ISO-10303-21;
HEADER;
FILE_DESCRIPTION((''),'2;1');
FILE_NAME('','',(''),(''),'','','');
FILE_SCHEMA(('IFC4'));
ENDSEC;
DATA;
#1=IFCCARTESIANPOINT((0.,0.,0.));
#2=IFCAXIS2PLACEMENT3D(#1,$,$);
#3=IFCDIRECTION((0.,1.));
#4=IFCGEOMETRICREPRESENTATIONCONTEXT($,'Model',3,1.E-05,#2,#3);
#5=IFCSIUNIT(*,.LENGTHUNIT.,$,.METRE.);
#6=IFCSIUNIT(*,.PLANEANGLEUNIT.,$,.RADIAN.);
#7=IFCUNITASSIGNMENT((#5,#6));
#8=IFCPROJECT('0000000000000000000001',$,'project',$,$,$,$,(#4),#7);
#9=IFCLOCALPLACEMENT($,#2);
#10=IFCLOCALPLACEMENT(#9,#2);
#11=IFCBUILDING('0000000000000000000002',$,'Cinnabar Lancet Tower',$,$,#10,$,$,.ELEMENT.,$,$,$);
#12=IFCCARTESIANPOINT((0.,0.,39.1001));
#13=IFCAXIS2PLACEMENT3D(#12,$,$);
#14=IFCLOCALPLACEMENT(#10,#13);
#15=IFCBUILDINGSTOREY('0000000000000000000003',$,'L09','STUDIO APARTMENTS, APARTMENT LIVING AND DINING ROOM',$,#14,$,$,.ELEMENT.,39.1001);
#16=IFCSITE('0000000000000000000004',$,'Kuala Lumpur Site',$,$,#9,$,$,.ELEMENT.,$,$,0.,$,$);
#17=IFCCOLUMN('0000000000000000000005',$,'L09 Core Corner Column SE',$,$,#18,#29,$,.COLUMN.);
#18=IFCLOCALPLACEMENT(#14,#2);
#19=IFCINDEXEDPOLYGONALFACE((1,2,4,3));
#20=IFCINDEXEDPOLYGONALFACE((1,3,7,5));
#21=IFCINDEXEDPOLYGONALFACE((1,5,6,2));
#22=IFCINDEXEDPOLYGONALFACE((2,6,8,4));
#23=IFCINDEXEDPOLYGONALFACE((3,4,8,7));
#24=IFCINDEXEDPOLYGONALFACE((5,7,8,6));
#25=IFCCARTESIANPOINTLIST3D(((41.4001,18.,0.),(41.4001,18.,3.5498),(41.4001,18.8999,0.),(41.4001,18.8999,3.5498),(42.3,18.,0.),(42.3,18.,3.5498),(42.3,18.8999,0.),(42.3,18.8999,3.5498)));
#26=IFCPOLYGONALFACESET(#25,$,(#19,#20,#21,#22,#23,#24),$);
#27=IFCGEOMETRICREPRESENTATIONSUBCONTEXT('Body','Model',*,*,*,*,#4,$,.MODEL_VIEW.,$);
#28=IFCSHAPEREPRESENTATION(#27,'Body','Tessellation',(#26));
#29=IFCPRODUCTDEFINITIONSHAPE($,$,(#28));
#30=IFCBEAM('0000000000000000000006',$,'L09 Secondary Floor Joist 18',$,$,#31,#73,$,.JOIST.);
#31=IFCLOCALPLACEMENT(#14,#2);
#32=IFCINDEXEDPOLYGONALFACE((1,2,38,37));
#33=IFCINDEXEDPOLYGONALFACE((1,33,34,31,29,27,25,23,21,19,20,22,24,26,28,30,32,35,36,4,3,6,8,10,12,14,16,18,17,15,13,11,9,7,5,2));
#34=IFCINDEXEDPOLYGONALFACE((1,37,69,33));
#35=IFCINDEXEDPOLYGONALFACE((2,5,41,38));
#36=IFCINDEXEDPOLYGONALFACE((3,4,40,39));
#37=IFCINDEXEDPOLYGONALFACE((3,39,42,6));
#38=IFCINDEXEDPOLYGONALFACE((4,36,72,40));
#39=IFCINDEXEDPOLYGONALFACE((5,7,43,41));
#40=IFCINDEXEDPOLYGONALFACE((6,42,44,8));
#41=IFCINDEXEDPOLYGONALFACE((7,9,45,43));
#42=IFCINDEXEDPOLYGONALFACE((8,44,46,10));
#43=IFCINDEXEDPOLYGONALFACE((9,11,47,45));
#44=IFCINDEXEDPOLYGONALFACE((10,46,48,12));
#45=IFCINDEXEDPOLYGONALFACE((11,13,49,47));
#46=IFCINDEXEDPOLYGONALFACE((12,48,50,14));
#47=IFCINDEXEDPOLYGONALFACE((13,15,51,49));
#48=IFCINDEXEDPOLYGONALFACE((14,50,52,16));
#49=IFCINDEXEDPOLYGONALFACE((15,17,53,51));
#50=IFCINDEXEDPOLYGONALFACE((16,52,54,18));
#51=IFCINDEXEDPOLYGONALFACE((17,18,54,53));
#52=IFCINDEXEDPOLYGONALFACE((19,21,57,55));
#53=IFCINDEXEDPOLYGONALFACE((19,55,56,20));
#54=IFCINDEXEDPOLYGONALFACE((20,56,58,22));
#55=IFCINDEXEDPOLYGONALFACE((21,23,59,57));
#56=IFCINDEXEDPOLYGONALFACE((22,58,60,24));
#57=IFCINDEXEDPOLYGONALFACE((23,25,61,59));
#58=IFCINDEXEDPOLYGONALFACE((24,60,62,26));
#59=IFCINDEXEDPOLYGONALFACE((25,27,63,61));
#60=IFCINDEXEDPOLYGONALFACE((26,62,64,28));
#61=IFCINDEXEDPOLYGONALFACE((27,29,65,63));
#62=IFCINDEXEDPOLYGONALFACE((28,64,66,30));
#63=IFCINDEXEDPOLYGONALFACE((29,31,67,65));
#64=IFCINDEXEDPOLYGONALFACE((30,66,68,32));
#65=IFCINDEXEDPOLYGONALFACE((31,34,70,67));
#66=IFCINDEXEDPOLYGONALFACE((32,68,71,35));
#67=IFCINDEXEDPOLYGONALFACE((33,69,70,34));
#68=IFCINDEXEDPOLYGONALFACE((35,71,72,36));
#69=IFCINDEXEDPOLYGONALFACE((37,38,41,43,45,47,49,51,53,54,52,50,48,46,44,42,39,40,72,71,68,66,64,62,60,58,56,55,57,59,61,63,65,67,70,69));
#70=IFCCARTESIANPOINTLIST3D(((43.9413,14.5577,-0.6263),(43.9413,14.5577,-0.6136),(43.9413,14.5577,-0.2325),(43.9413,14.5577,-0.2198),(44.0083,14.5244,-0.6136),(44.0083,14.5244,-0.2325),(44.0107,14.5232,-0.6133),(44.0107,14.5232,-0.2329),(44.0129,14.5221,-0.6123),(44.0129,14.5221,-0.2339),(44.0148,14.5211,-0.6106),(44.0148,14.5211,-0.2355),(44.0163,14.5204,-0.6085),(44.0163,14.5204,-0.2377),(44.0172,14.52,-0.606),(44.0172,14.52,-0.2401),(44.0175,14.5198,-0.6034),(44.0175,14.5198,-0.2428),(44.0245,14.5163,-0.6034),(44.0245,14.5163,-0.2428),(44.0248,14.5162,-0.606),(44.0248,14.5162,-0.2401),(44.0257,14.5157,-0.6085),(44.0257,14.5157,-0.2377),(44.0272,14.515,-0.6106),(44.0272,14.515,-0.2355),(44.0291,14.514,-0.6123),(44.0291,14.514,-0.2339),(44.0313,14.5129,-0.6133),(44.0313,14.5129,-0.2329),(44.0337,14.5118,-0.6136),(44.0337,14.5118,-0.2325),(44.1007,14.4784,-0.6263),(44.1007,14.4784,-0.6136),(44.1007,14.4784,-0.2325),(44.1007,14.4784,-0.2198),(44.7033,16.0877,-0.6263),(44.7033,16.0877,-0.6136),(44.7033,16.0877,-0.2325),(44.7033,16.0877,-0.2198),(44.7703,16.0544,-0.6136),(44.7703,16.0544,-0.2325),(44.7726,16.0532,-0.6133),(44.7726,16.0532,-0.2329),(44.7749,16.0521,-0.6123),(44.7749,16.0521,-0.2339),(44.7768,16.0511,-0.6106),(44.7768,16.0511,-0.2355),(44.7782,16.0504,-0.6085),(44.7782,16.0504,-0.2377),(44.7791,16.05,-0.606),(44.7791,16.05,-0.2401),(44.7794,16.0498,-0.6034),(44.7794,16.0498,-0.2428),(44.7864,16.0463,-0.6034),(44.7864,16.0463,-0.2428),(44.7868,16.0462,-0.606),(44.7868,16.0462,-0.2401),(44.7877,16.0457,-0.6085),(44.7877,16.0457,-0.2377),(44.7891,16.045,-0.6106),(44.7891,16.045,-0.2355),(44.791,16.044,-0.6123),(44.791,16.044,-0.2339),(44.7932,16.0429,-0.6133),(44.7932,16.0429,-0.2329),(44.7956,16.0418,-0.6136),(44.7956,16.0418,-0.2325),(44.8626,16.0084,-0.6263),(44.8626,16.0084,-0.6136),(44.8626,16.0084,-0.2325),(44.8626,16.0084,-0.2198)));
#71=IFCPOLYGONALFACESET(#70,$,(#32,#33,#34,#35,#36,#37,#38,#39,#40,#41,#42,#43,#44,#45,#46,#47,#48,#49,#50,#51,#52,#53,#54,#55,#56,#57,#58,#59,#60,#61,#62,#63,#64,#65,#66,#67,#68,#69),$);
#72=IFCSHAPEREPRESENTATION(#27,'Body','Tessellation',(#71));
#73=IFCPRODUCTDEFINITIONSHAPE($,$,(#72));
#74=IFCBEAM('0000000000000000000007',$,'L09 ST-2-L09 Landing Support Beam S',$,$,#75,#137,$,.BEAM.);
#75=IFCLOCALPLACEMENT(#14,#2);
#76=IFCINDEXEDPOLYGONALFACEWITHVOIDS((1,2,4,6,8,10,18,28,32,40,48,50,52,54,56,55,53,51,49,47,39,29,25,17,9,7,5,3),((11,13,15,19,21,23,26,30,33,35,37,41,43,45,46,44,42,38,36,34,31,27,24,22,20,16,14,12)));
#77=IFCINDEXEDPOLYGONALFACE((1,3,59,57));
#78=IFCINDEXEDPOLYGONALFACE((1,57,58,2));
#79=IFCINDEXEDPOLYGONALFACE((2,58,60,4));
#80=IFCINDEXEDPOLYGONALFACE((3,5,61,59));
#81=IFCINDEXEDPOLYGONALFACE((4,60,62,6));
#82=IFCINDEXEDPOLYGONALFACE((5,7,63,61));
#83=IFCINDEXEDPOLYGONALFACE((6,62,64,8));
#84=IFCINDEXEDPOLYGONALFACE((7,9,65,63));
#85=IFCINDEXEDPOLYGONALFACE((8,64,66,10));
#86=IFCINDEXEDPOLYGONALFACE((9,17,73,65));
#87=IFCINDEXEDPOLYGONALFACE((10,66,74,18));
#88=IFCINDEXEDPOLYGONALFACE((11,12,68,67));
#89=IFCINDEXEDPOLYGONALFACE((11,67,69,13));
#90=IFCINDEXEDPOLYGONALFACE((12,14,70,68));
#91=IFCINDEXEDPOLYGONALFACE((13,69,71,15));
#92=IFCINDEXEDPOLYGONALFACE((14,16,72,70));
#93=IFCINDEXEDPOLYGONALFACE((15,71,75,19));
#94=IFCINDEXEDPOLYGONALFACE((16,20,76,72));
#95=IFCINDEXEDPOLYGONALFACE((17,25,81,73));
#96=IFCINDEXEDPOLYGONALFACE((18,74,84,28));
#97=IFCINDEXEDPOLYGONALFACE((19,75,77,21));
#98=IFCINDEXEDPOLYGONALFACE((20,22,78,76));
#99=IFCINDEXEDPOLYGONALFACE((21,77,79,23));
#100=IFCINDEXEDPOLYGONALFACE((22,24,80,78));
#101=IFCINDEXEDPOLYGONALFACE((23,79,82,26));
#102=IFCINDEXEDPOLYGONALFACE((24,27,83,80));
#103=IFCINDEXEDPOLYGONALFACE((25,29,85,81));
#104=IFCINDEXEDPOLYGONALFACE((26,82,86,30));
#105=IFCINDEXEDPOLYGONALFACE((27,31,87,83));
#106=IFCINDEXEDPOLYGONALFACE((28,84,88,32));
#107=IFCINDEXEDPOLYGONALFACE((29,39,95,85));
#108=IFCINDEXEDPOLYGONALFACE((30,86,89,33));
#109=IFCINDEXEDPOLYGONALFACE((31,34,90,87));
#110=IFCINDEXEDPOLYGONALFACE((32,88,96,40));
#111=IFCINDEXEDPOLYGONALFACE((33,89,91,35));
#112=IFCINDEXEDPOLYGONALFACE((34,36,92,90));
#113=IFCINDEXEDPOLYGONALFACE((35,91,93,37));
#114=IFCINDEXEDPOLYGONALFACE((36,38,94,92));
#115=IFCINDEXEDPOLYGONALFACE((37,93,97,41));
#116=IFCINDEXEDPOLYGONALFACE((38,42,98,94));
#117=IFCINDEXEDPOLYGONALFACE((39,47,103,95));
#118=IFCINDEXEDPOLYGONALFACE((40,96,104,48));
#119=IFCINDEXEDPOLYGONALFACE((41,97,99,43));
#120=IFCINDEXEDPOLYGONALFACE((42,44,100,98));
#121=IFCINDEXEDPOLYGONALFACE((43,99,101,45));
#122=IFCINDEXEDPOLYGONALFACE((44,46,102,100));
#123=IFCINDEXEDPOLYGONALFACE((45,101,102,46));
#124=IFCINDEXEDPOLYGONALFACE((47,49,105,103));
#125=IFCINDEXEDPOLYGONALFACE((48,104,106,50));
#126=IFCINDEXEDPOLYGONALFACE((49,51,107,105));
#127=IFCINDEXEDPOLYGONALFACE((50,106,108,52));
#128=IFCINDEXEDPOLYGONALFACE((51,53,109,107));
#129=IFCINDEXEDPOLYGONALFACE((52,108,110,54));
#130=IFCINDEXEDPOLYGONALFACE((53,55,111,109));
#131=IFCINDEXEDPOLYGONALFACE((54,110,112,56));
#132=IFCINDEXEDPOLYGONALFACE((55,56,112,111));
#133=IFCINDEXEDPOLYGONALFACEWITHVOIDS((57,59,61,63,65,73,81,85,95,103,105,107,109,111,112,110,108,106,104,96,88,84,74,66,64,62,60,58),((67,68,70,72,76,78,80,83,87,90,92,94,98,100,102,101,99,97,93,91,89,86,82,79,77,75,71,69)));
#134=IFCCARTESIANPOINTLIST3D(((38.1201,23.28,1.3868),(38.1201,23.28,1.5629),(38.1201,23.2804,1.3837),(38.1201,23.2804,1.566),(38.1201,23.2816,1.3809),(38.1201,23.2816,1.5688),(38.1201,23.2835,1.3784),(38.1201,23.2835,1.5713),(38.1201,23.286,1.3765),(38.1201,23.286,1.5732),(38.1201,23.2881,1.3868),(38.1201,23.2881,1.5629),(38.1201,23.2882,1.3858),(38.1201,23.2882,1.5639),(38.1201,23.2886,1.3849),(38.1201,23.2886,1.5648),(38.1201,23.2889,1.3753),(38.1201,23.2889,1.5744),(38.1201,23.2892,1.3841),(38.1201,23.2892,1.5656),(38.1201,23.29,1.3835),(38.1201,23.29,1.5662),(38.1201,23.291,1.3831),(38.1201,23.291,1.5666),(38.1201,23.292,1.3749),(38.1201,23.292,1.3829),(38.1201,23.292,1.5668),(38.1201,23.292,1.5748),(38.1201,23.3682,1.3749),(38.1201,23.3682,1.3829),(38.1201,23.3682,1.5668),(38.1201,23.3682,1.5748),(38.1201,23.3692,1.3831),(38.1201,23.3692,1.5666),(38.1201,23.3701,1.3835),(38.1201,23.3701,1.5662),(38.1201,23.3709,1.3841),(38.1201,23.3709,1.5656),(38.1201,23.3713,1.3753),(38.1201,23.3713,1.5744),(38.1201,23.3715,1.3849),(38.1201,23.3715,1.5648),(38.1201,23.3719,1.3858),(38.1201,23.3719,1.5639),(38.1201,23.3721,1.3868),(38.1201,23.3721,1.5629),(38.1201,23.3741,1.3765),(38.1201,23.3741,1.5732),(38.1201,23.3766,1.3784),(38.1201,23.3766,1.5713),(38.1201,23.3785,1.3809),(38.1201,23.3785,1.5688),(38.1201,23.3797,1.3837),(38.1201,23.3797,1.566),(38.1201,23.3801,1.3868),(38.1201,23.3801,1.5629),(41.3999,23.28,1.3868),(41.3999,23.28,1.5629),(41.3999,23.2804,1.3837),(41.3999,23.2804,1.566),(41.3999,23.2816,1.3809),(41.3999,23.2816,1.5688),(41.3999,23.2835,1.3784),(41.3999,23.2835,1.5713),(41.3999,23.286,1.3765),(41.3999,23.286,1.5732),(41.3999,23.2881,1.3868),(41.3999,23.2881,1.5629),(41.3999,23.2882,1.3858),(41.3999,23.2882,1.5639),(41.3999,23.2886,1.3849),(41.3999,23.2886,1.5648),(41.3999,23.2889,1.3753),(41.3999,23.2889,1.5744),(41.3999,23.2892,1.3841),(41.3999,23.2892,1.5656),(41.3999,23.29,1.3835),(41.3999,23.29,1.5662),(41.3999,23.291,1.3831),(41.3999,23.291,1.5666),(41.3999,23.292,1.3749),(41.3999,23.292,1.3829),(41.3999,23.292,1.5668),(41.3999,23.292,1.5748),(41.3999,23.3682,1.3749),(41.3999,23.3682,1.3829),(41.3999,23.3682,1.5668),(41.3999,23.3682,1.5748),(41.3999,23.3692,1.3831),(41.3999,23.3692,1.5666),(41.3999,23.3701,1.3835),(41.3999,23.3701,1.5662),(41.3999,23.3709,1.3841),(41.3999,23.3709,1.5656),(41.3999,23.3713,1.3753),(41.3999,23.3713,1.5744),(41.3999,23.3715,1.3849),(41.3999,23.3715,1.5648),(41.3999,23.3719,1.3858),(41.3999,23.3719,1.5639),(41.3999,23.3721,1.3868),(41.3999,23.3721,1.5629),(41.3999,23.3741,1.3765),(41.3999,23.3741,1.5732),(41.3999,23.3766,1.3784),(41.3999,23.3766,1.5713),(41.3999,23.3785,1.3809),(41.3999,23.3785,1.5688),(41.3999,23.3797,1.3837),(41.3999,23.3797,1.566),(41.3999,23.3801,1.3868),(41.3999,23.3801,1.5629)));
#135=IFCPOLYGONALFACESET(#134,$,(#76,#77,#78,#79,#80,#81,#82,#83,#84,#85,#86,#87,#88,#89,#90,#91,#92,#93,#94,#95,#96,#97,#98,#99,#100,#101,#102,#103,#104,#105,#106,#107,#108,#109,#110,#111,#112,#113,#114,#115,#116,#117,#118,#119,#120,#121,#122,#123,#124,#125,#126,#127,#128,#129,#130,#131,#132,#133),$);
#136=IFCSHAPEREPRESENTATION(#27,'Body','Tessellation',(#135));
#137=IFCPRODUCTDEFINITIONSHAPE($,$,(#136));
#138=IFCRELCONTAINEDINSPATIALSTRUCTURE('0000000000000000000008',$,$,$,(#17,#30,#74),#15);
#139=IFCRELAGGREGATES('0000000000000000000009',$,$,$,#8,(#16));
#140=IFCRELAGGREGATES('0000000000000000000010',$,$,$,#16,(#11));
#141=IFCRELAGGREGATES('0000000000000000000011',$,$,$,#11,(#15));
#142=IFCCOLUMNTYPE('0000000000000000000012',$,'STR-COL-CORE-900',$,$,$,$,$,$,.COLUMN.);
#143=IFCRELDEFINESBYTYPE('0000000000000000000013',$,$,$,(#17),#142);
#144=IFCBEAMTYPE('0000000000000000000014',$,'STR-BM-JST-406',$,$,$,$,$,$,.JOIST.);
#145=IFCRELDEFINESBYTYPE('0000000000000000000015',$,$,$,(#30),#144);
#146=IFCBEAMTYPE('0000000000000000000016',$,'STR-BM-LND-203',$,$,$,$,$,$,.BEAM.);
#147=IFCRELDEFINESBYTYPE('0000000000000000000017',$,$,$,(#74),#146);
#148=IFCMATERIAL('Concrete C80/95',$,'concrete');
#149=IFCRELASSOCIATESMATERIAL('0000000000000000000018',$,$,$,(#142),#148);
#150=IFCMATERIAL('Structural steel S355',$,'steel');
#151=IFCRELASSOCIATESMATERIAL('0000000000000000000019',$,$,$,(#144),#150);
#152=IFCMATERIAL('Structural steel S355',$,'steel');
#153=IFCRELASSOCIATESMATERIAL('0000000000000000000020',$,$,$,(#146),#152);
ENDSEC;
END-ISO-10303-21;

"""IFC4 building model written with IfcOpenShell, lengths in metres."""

from ifc_helpers import new_model, si_unit, direction, frame, origin, origin_2d, place, context, subcontext, project, spatial, rectangle, hollow_rectangle, i_section, extrude, material, material_profile, profile_set, type_object, element, save


model = new_model("IFC4")

# Units and contexts
model_context = context("Model", 3, precision=1e-05, world=origin(), true_north=direction((0.0, 1.0)))
body_context = subcontext(model_context, "Body", "Model", "MODEL_VIEW")
ifc_project = project(units=[si_unit("LENGTHUNIT", "METRE"), si_unit("PLANEANGLEUNIT", "RADIAN")], contexts=[model_context])

# Site, building, storey
site_placement = place(None, origin())
site = spatial("IfcSite", under=ifc_project, at=site_placement, Name="Kuala Lumpur Site", CompositionType="ELEMENT", RefElevation=0.0)
building_placement = place(site_placement, origin())
building = spatial("IfcBuilding", under=site, at=building_placement, Name="Cinnabar Lancet Tower", CompositionType="ELEMENT")
storey_placement = place(building_placement, frame((0.0, 0.0, 39.1001)))
storey = spatial("IfcBuildingStorey", under=building, at=storey_placement, Name="L09", Description="STUDIO APARTMENTS, APARTMENT LIVING AND DINING ROOM", CompositionType="ELEMENT", Elevation=39.1001)

# Column
ifc_material_1 = material(Name="Concrete C80/95", Category="concrete")
ifc_material_profile_1 = material_profile(ifc_material_1, rectangle(XDim=0.8999, YDim=0.8999, at=origin_2d()), Name="RC-COL 900x900")
ifc_profile_set_1 = profile_set([ifc_material_profile_1], Name="Concrete C80/95")
column_type = type_object("IfcColumnType", Name="STR-COL-CORE-900", PredefinedType="COLUMN", material=ifc_profile_set_1)
column_placement = place(storey_placement, frame((41.8501, 18.45, 0.0), z_axis=(0.0, 0.0, 1.0), x_axis=(1.0, 0.0, 0.0)))
element("IfcColumn", 1, at=column_placement, inside=storey, type_object=column_type, Name="L09 Core Corner Column SE", PredefinedType="COLUMN", context=body_context, shape_type="SweptSolid", body=[
    extrude(rectangle(XDim=0.8999, YDim=0.8999, at=origin_2d()), origin(), (0.0, 0.0, 1.0), 3.5498),
])

# Beams
ifc_material_2 = material(Name="Structural steel S355", Category="steel")
ifc_material_profile_2 = material_profile(ifc_material_2, i_section(OverallWidth=0.178, OverallDepth=0.4065, WebThickness=0.0078, FlangeThickness=0.0127, FilletRadius=0.0103, at=origin_2d()), Name="UKB 406x178x60")
ifc_profile_set_2 = profile_set([ifc_material_profile_2], Name="Structural steel S355")
beam_type_1 = type_object("IfcBeamType", Name="STR-BM-JST-406", PredefinedType="JOIST", material=ifc_profile_set_2)
beam_1_placement = place(storey_placement, frame((44.021, 14.5181, -0.4231), z_axis=(0.445785, 0.89514, 0.0), x_axis=(-0.89514, 0.445785, 0.0)))
element("IfcBeam", 2, at=beam_1_placement, inside=storey, type_object=beam_type_1, Name="L09 Secondary Floor Joist 18", PredefinedType="JOIST", context=body_context, shape_type="SweptSolid", body=[
    extrude(i_section(OverallWidth=0.178, OverallDepth=0.4065, WebThickness=0.0078, FlangeThickness=0.0127, FilletRadius=0.0103, at=origin_2d()), origin(), (0.0, 0.0, 1.0), 1.7092),
])
ifc_material_3 = material(Name="Structural steel S355", Category="steel")
ifc_material_profile_3 = material_profile(ifc_material_3, hollow_rectangle(XDim=0.1001, YDim=0.2, WallThickness=0.0081, InnerFilletRadius=0.0039, OuterFilletRadius=0.012, at=origin_2d()), Name="RHS 200x100x8")
ifc_profile_set_3 = profile_set([ifc_material_profile_3], Name="Structural steel S355")
beam_type_2 = type_object("IfcBeamType", Name="STR-BM-LND-203", PredefinedType="BEAM", material=ifc_profile_set_3)
for number, where, z_axis, x_axis, name in (
    (3, (38.1201, 23.3301, 1.4749), (1.0, 0.0, 0.0), (0.0, 1.0, 0.0), "L09 ST-2-L09 Landing Support Beam S"),
):
    element("IfcBeam", number, at=place(storey_placement, frame(where, z_axis=z_axis, x_axis=x_axis)), inside=storey, type_object=beam_type_2, Name=name, PredefinedType="BEAM", context=body_context, shape_type="SweptSolid", body=[
        extrude(hollow_rectangle(XDim=0.1001, YDim=0.2, WallThickness=0.0081, InnerFilletRadius=0.0039, OuterFilletRadius=0.012, at=origin_2d()), origin(), (0.0, 0.0, 1.0), 3.2798),
    ])

save(model, "model.ifc")
